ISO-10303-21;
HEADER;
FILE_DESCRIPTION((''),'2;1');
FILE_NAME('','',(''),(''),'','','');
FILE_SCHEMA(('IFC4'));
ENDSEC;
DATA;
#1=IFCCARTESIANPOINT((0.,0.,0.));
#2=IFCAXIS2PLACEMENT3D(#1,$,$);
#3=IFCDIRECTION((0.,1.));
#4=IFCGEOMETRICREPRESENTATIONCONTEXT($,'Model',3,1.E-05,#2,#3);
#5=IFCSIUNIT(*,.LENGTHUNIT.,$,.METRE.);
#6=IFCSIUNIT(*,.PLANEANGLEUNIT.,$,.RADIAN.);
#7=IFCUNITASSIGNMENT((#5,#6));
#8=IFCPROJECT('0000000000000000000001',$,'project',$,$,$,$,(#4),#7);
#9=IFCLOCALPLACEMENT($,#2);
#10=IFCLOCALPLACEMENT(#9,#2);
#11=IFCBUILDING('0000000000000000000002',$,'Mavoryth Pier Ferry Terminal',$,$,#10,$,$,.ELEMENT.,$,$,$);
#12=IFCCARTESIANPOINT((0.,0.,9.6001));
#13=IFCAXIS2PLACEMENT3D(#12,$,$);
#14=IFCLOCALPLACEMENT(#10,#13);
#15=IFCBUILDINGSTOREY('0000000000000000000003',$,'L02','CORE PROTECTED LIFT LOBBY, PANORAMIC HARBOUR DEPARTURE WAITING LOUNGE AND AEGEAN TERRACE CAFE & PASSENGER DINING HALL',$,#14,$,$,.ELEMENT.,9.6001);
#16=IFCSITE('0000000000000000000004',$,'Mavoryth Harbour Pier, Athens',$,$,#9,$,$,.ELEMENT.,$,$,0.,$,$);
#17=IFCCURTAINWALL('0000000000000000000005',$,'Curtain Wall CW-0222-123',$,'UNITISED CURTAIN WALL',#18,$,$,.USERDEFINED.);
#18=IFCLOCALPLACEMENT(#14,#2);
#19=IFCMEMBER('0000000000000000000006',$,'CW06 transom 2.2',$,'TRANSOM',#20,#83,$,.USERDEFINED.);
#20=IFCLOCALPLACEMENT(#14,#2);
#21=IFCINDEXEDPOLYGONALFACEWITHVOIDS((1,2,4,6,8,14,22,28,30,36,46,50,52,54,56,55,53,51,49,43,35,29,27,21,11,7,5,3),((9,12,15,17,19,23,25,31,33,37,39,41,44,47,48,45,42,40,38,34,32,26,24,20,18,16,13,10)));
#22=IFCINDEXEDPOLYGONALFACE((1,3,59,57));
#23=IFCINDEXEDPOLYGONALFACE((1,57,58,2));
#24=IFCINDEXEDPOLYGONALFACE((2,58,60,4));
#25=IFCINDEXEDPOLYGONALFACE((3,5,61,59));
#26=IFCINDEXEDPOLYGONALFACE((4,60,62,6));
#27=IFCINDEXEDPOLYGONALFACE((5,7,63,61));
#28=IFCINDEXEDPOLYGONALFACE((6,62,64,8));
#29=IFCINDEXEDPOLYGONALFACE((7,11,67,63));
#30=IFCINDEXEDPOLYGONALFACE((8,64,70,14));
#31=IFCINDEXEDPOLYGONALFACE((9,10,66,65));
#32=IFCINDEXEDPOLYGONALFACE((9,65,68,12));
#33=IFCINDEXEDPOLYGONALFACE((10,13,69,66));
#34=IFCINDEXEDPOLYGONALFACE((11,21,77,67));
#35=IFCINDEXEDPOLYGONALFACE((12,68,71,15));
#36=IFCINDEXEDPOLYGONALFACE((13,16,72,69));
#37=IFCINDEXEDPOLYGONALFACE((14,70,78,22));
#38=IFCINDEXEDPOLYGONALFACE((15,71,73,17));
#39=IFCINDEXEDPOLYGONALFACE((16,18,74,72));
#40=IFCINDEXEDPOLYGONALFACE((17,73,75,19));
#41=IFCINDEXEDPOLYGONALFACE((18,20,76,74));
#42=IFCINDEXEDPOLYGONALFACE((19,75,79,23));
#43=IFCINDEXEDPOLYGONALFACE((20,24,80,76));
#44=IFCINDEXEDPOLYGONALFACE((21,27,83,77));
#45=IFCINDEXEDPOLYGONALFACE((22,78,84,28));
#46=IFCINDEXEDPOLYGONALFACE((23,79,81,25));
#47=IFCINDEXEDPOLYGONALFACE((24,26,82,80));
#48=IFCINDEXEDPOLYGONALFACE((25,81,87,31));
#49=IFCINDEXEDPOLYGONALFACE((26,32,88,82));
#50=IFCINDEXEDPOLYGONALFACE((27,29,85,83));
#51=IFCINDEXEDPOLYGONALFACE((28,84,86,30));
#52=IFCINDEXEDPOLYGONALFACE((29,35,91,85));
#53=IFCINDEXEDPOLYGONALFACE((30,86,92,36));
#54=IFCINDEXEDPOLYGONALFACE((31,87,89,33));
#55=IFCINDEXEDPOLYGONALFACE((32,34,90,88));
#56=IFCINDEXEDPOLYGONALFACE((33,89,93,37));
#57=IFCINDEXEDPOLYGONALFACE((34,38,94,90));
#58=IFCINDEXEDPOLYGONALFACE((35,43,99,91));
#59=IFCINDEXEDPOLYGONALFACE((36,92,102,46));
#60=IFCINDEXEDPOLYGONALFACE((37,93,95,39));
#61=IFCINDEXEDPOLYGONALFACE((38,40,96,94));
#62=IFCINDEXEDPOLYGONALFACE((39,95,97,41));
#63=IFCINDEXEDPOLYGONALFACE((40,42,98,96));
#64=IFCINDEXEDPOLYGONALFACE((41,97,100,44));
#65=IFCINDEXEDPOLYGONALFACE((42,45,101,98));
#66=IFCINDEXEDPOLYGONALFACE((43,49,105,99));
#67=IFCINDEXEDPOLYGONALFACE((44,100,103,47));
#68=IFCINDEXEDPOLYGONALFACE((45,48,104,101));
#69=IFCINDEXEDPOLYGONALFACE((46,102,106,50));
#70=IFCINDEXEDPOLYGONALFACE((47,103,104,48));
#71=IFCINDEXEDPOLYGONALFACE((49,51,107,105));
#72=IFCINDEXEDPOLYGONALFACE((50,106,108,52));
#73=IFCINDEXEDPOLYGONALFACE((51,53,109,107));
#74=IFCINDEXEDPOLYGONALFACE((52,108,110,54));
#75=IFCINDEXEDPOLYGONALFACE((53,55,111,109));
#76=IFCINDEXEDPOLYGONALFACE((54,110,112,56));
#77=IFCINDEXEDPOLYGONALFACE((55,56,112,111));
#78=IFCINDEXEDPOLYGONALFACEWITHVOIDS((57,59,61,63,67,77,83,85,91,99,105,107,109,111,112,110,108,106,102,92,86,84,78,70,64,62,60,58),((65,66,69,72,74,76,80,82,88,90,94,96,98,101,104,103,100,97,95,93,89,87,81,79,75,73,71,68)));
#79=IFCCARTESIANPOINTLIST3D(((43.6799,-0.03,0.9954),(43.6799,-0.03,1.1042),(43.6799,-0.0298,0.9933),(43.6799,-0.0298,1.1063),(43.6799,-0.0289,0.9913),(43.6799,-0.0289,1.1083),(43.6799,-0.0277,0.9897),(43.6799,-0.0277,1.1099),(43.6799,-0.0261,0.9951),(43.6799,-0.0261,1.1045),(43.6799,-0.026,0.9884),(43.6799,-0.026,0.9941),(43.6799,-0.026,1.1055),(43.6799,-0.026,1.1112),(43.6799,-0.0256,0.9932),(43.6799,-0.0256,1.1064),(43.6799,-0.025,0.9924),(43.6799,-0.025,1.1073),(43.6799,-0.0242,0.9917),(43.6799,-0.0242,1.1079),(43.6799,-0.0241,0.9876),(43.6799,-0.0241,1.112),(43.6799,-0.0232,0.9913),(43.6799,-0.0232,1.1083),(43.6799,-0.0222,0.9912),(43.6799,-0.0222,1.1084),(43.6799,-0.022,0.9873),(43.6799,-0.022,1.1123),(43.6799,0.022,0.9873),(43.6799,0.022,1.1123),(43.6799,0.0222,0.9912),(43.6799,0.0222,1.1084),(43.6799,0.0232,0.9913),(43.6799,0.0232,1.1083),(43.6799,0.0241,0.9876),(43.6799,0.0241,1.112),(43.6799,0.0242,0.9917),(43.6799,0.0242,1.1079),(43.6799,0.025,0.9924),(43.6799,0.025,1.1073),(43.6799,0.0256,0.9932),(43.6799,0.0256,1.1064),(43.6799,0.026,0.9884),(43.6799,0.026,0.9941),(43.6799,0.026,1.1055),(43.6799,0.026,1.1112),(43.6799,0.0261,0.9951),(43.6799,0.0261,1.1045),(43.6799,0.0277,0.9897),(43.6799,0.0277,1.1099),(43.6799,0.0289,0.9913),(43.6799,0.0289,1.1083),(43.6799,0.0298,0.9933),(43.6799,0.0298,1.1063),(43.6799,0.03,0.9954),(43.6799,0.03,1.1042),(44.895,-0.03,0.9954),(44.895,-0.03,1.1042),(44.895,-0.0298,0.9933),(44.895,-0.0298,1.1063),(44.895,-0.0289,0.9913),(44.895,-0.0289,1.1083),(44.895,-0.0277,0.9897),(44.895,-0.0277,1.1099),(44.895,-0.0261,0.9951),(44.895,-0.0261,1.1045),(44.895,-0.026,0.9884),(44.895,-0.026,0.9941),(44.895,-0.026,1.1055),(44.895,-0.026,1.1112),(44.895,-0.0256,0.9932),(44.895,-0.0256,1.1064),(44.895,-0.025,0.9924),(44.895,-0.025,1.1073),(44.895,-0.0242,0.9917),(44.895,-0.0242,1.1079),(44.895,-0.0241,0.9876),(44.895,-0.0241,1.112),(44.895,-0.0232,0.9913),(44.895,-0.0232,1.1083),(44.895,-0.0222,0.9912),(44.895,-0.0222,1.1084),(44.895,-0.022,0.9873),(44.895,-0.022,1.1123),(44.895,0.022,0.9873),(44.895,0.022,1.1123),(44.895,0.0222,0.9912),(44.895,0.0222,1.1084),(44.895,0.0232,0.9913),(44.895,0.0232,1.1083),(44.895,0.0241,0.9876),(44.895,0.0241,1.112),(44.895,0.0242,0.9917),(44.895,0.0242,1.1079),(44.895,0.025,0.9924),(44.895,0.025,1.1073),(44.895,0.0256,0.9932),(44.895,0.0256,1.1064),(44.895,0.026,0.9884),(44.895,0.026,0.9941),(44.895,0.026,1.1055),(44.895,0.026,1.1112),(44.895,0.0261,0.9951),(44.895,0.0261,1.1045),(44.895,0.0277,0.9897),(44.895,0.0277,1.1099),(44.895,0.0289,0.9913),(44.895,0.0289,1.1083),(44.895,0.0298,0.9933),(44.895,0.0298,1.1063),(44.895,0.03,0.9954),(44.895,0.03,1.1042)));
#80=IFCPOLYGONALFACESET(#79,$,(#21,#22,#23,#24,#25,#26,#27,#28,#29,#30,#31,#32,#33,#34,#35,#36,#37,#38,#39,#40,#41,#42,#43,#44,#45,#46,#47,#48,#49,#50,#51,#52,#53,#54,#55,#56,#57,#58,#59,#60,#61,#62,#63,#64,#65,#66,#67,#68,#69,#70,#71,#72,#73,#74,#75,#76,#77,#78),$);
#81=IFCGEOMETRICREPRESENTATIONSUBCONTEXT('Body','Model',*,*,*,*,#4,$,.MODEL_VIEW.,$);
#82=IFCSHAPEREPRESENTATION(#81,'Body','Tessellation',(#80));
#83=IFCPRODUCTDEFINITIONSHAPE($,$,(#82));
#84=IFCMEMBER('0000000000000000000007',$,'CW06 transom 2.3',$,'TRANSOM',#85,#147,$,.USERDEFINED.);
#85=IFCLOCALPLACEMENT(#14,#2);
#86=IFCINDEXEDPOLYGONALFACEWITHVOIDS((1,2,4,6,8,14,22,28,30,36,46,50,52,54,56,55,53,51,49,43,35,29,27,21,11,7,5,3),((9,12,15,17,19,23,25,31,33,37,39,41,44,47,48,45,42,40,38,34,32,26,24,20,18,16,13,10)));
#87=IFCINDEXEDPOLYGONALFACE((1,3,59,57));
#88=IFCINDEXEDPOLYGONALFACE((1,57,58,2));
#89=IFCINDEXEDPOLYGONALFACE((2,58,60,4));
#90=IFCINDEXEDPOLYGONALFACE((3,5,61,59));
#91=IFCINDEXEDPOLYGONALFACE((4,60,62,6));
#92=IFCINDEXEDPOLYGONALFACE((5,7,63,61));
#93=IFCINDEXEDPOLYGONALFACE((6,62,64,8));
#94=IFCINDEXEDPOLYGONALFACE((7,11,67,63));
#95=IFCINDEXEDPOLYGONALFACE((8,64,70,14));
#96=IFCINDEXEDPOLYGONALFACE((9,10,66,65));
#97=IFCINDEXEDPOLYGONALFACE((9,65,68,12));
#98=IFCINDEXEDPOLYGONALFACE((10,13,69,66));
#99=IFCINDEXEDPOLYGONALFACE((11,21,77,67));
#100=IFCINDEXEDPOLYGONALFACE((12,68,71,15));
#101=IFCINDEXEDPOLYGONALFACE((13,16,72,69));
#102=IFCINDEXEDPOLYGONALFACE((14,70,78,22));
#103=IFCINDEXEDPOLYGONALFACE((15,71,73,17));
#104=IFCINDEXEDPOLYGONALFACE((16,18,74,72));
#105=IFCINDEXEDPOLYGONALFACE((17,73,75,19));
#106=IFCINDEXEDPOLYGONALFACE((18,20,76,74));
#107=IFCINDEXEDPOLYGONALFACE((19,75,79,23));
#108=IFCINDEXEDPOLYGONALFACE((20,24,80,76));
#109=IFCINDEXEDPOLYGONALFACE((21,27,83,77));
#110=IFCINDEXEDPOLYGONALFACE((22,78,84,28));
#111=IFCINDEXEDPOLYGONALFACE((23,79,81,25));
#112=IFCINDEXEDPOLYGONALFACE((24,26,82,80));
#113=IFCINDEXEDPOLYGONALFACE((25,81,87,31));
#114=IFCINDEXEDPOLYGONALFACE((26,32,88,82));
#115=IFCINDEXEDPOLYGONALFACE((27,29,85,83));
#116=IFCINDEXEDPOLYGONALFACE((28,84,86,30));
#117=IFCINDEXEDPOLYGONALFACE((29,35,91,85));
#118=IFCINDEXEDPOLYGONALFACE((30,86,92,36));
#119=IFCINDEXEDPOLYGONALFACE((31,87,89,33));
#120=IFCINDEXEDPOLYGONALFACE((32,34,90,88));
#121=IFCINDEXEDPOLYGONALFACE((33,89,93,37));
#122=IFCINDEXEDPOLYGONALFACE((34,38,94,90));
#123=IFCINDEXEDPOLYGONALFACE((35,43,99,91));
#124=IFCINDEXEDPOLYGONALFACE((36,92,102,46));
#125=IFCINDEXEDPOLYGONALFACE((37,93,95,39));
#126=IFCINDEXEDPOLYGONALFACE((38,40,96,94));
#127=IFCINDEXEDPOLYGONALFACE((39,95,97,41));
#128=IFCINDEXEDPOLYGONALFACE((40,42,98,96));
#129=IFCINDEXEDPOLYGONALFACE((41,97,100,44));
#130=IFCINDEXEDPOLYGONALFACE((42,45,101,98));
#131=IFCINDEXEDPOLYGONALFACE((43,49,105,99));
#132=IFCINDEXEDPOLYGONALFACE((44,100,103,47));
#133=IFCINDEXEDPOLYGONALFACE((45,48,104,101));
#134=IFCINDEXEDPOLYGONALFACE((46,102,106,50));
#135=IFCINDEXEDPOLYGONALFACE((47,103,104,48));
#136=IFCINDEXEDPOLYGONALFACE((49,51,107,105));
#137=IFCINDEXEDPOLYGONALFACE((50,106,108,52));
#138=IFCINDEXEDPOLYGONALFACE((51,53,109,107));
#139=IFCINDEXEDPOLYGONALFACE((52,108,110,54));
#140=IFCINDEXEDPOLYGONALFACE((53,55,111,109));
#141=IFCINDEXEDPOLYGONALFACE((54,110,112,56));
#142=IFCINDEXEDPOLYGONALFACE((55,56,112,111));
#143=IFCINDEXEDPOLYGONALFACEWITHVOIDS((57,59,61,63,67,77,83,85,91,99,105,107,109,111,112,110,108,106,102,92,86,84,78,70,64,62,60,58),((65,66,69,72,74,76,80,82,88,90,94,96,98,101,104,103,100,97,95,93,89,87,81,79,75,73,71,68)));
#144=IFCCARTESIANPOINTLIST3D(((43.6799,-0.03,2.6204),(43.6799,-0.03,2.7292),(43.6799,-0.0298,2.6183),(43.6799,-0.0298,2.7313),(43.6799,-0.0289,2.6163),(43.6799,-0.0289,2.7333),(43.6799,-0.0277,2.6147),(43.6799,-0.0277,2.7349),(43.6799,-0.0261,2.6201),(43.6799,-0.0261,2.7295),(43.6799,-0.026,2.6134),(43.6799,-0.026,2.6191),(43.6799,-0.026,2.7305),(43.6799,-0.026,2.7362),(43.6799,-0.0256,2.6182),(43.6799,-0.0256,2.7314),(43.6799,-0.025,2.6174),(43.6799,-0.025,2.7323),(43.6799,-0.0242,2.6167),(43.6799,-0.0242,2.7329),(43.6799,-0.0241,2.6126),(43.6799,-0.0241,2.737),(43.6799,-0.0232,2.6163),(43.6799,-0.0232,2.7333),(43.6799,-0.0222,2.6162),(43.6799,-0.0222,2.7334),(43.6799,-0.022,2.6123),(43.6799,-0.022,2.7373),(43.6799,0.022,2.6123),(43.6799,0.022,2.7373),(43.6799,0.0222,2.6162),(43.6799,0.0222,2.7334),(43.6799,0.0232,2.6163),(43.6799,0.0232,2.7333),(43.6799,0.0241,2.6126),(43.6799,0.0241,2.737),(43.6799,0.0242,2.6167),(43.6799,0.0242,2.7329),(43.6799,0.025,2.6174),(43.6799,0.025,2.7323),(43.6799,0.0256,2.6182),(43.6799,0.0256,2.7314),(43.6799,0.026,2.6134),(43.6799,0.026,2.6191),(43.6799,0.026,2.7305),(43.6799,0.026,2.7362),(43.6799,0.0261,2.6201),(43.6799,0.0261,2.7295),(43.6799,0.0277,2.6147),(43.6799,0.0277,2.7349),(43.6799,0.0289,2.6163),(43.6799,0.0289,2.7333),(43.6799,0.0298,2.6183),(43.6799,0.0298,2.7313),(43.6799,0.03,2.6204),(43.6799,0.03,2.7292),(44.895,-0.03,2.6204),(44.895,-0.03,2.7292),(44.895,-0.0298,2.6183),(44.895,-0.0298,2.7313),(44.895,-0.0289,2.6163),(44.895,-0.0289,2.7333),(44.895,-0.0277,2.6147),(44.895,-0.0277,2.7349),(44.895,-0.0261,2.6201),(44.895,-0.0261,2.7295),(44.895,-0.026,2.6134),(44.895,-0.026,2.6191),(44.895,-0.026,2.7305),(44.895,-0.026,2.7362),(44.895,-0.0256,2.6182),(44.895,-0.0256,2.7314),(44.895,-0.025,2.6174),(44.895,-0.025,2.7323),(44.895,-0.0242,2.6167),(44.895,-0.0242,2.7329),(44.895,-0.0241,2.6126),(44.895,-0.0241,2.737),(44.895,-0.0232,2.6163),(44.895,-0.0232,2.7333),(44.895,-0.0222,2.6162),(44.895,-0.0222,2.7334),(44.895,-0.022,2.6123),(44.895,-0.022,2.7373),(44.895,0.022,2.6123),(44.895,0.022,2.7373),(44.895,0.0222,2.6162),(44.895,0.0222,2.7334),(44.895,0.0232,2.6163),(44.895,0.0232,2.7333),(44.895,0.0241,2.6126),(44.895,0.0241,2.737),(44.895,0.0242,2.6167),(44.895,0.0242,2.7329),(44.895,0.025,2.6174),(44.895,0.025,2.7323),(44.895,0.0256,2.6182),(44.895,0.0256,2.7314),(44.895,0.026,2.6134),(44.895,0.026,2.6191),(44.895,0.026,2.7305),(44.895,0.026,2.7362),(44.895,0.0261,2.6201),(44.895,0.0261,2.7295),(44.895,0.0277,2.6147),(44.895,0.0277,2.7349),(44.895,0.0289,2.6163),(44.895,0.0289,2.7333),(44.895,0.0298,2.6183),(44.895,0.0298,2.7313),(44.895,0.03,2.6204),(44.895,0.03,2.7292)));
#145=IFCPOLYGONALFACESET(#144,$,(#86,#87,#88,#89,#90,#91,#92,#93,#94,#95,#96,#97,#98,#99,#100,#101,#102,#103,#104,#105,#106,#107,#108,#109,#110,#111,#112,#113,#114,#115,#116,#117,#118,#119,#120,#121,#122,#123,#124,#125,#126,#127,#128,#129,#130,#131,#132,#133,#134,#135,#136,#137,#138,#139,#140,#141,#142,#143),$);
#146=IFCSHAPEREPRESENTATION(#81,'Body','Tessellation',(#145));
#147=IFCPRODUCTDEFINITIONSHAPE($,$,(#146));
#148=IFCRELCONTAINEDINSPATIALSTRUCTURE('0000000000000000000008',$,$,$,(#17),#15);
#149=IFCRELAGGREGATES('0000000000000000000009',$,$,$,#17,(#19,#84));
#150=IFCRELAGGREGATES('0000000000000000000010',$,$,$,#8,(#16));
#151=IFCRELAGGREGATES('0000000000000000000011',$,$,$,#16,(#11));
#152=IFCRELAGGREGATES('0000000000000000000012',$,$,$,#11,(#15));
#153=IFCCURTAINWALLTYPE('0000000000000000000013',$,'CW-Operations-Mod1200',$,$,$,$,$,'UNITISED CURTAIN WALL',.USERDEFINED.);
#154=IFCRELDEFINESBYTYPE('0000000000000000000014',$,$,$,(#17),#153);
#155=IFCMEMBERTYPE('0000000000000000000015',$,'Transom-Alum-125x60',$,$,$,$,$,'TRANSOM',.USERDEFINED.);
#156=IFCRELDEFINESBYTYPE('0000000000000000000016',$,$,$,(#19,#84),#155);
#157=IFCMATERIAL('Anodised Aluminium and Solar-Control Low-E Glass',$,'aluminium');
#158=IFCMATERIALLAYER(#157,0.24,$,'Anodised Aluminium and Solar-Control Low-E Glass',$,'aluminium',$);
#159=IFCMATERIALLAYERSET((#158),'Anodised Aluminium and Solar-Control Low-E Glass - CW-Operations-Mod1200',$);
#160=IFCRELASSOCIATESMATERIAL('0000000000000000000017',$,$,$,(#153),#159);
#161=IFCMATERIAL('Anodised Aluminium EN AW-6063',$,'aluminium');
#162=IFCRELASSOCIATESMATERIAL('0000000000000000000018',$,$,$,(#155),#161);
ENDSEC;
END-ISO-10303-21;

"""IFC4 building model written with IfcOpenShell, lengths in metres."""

from ifc_helpers import new_model, si_unit, direction, frame, origin, origin_2d, place, context, subcontext, project, spatial, hollow_rectangle, extrude, material, layer, layer_set, material_profile, profile_set, type_object, element, aggregate, save


model = new_model("IFC4")

# Units and contexts
model_context = context("Model", 3, precision=1e-05, world=origin(), true_north=direction((0.0, 1.0)))
body_context = subcontext(model_context, "Body", "Model", "MODEL_VIEW")
ifc_project = project(units=[si_unit("LENGTHUNIT", "METRE"), si_unit("PLANEANGLEUNIT", "RADIAN")], contexts=[model_context])

# Site, building, storey
site_placement = place(None, origin())
site = spatial("IfcSite", under=ifc_project, at=site_placement, Name="Mavoryth Harbour Pier, Athens", CompositionType="ELEMENT", RefElevation=0.0)
building_placement = place(site_placement, origin())
building = spatial("IfcBuilding", under=site, at=building_placement, Name="Mavoryth Pier Ferry Terminal", CompositionType="ELEMENT")
storey_placement = place(building_placement, frame((0.0, 0.0, 9.6001)))
storey = spatial("IfcBuildingStorey", under=building, at=storey_placement, Name="L02", Description="CORE PROTECTED LIFT LOBBY, PANORAMIC HARBOUR DEPARTURE WAITING LOUNGE AND AEGEAN TERRACE CAFE & PASSENGER DINING HALL", CompositionType="ELEMENT", Elevation=9.6001)

# Curtain wall
ifc_material_1 = material(Name="Anodised Aluminium and Solar-Control Low-E Glass", Category="aluminium")
ifc_layer_1 = layer(ifc_material_1, 0.24, Name="Anodised Aluminium and Solar-Control Low-E Glass", Category="aluminium")
ifc_layer_set_1 = layer_set([ifc_layer_1], Name="Anodised Aluminium and Solar-Control Low-E Glass - CW-Operations-Mod1200")
curtain_wall_type = type_object("IfcCurtainWallType", Name="CW-Operations-Mod1200", ElementType="UNITISED CURTAIN WALL", PredefinedType="USERDEFINED", material=ifc_layer_set_1)
curtain_wall_placement = place(storey_placement, origin())
curtain_wall = element("IfcCurtainWall", 1, at=curtain_wall_placement, inside=storey, type_object=curtain_wall_type, Name="Curtain Wall CW-0222-123", ObjectType="UNITISED CURTAIN WALL", PredefinedType="USERDEFINED")
ifc_material_2 = material(Name="Anodised Aluminium EN AW-6063", Category="aluminium")

# Members
ifc_material_profile_1 = material_profile(ifc_material_2, hollow_rectangle(XDim=0.0601, YDim=0.125, WallThickness=0.0039, InnerFilletRadius=0.0039, OuterFilletRadius=0.0081, at=origin_2d()), Name="AL-TRAN 125x60x4", Category="aluminium")
ifc_profile_set_1 = profile_set([ifc_material_profile_1], Name="Anodised Aluminium EN AW-6063 - AL-TRAN 125x60x4")
member_type_1 = type_object("IfcMemberType", Name="Transom-Alum-125x60", ElementType="TRANSOM", PredefinedType="USERDEFINED", material=ifc_profile_set_1)
member_1_placement = place(storey_placement, frame((43.6799, 0.0, 1.0498), z_axis=(1.0, 0.0, 0.0), x_axis=(0.0, 1.0, 0.0)))
member_1 = element("IfcMember", 2, at=member_1_placement, type_object=member_type_1, Name="CW06 transom 2.2", ObjectType="TRANSOM", PredefinedType="USERDEFINED", context=body_context, shape_type="SweptSolid", body=[
    extrude(hollow_rectangle(XDim=0.0601, YDim=0.125, WallThickness=0.0039, InnerFilletRadius=0.0039, OuterFilletRadius=0.0081, at=origin_2d()), origin(), (0.0, 0.0, 1.0), 1.2151),
])
member_2_placement = place(storey_placement, frame((43.6799, 0.0, 2.6748), z_axis=(1.0, 0.0, 0.0), x_axis=(0.0, 1.0, 0.0)))
member_2 = element("IfcMember", 3, at=member_2_placement, type_object=member_type_1, Name="CW06 transom 2.3", ObjectType="TRANSOM", PredefinedType="USERDEFINED", context=body_context, shape_type="SweptSolid", body=[
    extrude(hollow_rectangle(XDim=0.0601, YDim=0.125, WallThickness=0.0039, InnerFilletRadius=0.0039, OuterFilletRadius=0.0081, at=origin_2d()), origin(), (0.0, 0.0, 1.0), 1.2151),
])

aggregate(curtain_wall, [member_1, member_2])

save(model, "model.ifc")
